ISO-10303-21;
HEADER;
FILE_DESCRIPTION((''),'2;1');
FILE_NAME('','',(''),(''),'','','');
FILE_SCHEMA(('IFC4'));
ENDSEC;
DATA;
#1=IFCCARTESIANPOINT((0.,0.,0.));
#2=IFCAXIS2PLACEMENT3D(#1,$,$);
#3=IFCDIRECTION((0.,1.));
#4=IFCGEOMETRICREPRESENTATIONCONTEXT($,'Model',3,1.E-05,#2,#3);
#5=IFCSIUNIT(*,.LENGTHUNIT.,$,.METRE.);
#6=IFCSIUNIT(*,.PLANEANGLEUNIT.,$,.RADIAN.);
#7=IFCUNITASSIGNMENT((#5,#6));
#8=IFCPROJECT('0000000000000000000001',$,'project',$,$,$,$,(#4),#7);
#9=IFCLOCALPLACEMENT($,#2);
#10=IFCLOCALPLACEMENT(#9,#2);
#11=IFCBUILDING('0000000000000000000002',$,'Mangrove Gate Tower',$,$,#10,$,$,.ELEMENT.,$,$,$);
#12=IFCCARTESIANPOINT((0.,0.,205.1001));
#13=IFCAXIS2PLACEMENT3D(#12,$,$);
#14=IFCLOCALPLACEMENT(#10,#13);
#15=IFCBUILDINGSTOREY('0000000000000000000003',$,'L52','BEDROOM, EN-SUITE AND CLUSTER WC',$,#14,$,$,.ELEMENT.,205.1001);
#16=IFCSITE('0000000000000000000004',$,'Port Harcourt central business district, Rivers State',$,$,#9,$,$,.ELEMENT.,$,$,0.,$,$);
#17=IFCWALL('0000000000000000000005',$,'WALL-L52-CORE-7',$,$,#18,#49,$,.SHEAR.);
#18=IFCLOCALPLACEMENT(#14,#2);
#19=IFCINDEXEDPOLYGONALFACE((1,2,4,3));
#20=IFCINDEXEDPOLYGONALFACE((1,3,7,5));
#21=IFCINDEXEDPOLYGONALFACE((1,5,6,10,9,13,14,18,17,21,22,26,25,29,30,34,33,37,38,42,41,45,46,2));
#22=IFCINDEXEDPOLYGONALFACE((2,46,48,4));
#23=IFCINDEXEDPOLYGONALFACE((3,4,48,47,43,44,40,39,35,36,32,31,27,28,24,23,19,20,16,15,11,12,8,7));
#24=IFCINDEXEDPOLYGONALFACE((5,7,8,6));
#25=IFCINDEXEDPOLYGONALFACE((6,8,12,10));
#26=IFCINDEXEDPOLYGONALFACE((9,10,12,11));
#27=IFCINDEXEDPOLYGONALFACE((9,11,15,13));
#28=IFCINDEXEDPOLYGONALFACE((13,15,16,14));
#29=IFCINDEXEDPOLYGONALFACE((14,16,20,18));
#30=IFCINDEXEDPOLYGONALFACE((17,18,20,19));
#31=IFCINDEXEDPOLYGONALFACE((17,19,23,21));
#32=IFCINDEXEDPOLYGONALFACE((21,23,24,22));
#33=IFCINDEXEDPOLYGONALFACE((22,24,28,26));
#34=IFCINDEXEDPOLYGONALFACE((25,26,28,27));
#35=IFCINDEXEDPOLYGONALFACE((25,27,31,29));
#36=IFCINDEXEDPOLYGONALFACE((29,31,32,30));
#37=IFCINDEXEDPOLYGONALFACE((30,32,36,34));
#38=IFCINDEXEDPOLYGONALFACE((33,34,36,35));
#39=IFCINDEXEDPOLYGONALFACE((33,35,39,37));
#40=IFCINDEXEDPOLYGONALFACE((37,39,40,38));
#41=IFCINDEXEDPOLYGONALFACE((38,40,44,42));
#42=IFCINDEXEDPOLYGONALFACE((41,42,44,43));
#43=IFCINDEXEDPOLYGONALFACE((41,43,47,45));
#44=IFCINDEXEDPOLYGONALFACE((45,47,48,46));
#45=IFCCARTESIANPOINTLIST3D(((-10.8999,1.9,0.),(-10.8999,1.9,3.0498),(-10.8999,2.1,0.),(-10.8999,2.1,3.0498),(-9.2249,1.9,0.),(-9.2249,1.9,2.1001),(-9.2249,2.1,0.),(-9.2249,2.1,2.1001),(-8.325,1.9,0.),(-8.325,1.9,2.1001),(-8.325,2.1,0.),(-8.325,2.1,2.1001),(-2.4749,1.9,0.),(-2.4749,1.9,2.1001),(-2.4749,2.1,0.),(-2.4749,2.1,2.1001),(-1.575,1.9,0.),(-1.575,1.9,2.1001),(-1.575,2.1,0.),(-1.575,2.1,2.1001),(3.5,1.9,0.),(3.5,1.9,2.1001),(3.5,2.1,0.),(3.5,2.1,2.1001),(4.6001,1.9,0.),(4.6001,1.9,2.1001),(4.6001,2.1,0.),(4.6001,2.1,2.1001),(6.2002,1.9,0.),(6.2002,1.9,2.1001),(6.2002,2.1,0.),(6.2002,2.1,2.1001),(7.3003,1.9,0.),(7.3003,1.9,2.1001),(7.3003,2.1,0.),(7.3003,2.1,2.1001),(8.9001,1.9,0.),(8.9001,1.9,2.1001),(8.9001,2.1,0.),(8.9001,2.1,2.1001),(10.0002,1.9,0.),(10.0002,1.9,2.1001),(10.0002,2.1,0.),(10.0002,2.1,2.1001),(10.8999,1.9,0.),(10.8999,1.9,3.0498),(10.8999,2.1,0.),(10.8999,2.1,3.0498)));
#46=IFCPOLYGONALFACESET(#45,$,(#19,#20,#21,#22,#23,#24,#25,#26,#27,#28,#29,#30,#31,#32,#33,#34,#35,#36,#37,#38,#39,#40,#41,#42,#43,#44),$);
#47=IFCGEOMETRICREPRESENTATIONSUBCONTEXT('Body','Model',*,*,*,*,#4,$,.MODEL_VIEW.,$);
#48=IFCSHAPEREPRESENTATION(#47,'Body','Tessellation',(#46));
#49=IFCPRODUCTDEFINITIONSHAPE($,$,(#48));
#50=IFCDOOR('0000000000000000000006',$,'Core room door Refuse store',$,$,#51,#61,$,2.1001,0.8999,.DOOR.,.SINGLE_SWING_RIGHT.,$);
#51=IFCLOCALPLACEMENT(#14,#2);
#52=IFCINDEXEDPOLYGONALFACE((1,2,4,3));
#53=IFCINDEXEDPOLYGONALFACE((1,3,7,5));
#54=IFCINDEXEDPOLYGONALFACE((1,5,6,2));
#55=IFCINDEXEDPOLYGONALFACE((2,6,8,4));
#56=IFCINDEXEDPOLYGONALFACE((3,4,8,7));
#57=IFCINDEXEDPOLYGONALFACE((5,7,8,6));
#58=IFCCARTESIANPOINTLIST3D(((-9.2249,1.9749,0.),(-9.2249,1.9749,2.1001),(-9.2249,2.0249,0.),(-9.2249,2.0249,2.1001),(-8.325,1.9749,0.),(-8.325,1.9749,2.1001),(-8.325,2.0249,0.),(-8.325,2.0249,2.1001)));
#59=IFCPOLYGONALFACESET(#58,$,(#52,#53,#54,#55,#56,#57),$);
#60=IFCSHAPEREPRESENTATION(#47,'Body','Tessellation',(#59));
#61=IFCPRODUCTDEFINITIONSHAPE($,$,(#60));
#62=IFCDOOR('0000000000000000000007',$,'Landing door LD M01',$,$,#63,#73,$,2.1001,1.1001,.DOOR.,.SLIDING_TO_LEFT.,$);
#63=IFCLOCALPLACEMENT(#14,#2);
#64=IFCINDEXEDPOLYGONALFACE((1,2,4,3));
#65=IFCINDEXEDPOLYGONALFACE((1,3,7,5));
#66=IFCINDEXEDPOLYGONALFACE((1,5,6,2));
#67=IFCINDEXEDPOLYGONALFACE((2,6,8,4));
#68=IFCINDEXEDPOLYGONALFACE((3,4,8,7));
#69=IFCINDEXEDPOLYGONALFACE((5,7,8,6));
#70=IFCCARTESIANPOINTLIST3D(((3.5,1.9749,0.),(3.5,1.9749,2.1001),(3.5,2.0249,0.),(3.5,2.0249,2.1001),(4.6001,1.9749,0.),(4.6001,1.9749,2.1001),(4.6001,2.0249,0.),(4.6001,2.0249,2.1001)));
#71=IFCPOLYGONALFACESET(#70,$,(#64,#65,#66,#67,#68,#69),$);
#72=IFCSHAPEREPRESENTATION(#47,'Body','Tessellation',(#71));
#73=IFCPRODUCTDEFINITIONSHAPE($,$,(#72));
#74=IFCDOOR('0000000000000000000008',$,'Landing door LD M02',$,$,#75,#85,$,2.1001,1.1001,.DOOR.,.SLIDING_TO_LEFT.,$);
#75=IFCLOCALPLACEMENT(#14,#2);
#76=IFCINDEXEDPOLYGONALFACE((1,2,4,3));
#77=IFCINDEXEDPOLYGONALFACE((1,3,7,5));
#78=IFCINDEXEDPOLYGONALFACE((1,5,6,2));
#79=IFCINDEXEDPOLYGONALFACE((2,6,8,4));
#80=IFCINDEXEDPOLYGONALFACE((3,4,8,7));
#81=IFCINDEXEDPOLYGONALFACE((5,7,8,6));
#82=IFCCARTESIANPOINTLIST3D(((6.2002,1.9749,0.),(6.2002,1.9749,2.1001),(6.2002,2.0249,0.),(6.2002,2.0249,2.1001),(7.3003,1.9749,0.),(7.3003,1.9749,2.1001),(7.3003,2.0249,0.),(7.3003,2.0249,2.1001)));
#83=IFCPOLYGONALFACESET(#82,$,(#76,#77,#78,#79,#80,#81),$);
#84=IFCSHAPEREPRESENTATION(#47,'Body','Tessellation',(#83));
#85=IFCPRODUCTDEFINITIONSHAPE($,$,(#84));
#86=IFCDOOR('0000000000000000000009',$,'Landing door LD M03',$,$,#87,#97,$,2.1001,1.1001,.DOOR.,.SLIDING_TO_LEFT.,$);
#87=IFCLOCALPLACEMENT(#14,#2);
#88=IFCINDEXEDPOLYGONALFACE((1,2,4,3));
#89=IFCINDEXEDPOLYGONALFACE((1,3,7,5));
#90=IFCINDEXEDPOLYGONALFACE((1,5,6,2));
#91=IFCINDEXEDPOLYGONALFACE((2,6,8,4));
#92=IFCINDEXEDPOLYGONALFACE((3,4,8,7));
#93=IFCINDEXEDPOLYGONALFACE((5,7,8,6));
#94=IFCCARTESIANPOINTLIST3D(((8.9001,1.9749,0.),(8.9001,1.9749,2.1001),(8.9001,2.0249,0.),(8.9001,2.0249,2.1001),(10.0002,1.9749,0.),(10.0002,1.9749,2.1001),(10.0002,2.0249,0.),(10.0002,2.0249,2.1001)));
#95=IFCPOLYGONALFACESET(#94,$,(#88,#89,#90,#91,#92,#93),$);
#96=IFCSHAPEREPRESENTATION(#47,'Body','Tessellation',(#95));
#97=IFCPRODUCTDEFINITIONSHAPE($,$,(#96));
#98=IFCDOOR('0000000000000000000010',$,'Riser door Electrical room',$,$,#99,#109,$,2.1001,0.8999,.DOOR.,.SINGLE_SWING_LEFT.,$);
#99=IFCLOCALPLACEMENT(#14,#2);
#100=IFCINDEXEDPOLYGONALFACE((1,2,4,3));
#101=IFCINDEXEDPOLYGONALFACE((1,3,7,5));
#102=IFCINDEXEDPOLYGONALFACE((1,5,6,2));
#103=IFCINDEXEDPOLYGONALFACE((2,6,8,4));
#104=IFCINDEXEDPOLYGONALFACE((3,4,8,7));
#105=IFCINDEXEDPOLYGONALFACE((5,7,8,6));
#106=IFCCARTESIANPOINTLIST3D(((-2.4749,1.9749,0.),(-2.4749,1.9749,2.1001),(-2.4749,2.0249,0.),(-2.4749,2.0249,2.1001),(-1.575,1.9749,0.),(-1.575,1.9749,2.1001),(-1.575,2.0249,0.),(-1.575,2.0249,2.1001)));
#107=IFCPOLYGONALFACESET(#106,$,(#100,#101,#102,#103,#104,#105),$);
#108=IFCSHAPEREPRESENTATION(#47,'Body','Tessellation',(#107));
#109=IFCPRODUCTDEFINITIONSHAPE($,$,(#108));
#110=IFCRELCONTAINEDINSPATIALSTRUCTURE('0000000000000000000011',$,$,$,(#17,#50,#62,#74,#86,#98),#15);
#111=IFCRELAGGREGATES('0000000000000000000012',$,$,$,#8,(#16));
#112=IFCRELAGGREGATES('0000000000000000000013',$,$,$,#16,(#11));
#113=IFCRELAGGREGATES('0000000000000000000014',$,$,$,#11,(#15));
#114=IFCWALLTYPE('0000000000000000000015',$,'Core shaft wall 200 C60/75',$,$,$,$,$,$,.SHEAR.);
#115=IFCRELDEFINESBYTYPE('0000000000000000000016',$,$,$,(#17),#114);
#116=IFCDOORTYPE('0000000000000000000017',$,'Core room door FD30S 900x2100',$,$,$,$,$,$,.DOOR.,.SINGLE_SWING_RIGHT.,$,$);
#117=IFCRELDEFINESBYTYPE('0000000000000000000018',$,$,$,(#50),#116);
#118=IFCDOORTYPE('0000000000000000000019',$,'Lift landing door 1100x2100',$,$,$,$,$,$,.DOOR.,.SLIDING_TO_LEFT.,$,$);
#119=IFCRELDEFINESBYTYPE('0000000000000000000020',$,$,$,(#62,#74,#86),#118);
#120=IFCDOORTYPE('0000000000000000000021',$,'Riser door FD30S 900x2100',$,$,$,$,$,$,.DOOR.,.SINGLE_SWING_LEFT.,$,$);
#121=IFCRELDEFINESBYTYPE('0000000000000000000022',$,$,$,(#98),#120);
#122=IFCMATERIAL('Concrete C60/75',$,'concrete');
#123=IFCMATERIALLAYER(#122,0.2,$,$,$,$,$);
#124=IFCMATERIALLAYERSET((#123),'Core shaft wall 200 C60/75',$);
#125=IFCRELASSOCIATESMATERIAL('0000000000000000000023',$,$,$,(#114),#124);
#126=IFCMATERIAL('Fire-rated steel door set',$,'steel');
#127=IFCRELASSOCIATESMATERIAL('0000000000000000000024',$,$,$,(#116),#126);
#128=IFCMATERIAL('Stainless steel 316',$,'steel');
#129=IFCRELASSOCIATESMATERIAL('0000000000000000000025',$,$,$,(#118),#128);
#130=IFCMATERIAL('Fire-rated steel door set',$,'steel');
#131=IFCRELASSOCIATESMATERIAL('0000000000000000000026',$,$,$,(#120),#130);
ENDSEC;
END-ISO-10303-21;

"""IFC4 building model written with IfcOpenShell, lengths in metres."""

from ifc_helpers import new_model, si_unit, direction, frame, frame_2d, origin, place, context, subcontext, project, spatial, rectangle, extrude, material, layer, layer_set, type_object, element, fill, save


model = new_model("IFC4")

# Units and contexts
model_context = context("Model", 3, precision=1e-05, world=origin(), true_north=direction((0.0, 1.0)))
body_context = subcontext(model_context, "Body", "Model", "MODEL_VIEW")
ifc_project = project(units=[si_unit("LENGTHUNIT", "METRE"), si_unit("PLANEANGLEUNIT", "RADIAN")], contexts=[model_context])

# Site, building, storey
site_placement = place(None, origin())
site = spatial("IfcSite", under=ifc_project, at=site_placement, Name="Port Harcourt central business district, Rivers State", CompositionType="ELEMENT", RefElevation=0.0)
building_placement = place(site_placement, origin())
building = spatial("IfcBuilding", under=site, at=building_placement, Name="Mangrove Gate Tower", CompositionType="ELEMENT")
storey_placement = place(building_placement, frame((0.0, 0.0, 205.1001)))
storey = spatial("IfcBuildingStorey", under=building, at=storey_placement, Name="L52", Description="BEDROOM, EN-SUITE AND CLUSTER WC", CompositionType="ELEMENT", Elevation=205.1001)

# Shared definitions
ifc_material_1 = material(Name="Concrete C60/75", Category="concrete")
ifc_layer_1 = layer(ifc_material_1, 0.2)
ifc_layer_set_1 = layer_set([ifc_layer_1], Name="Core shaft wall 200 C60/75")
wall_type_1 = type_object("IfcWallType", Name="Core shaft wall 200 C60/75", PredefinedType="SHEAR", material=ifc_layer_set_1)

# Wall, openings, doors
wall_1_placement = place(storey_placement, frame((-10.8999, 2.0, 0.0), z_axis=(0.0, 0.0, 1.0), x_axis=(1.0, 0.0, 0.0)))
wall_1 = element("IfcWall", 1, at=wall_1_placement, inside=storey, type_object=wall_type_1, Name="WALL-L52-CORE-7", PredefinedType="SHEAR", context=body_context, shape_type="SweptSolid", body=[
    extrude(rectangle(XDim=21.7998, YDim=0.2, at=frame_2d((10.8999, 0.0))), origin(), (0.0, 0.0, 1.0), 3.0498),
])
opening_1_placement = place(wall_1_placement, frame((14.3999, 0.0, 0.0)))
opening_1 = element("IfcOpeningElement", 2, at=opening_1_placement, cuts=wall_1, PredefinedType="OPENING", context=body_context, shape_type="SweptSolid", body=[
    extrude(rectangle(XDim=1.1001, YDim=2.1001, at=frame_2d((0.55, 1.05))), frame((0.0, 0.1099, 0.0), z_axis=(0.0, -1.0, 0.0), x_axis=(1.0, 0.0, 0.0)), (0.0, 0.0, 1.0), 0.22),
])
opening_2_placement = place(wall_1_placement, frame((17.1001, 0.0, 0.0)))
opening_2 = element("IfcOpeningElement", 3, at=opening_2_placement, cuts=wall_1, PredefinedType="OPENING", context=body_context, shape_type="SweptSolid", body=[
    extrude(rectangle(XDim=1.1001, YDim=2.1001, at=frame_2d((0.55, 1.05))), frame((0.0, 0.1099, 0.0), z_axis=(0.0, -1.0, 0.0), x_axis=(1.0, 0.0, 0.0)), (0.0, 0.0, 1.0), 0.22),
])
opening_3_placement = place(wall_1_placement, frame((19.8, 0.0, 0.0)))
opening_3 = element("IfcOpeningElement", 4, at=opening_3_placement, cuts=wall_1, PredefinedType="OPENING", context=body_context, shape_type="SweptSolid", body=[
    extrude(rectangle(XDim=1.1001, YDim=2.1001, at=frame_2d((0.55, 1.05))), frame((0.0, 0.1099, 0.0), z_axis=(0.0, -1.0, 0.0), x_axis=(1.0, 0.0, 0.0)), (0.0, 0.0, 1.0), 0.22),
])
opening_4_placement = place(wall_1_placement, frame((1.675, 0.0, 0.0)))
opening_4 = element("IfcOpeningElement", 5, at=opening_4_placement, cuts=wall_1, PredefinedType="OPENING", context=body_context, shape_type="SweptSolid", body=[
    extrude(rectangle(XDim=0.8999, YDim=2.1001, at=frame_2d((0.45, 1.05))), frame((0.0, 0.1099, 0.0), z_axis=(0.0, -1.0, 0.0), x_axis=(1.0, 0.0, 0.0)), (0.0, 0.0, 1.0), 0.22),
])
opening_5_placement = place(wall_1_placement, frame((8.425, 0.0, 0.0)))
opening_5 = element("IfcOpeningElement", 6, at=opening_5_placement, cuts=wall_1, PredefinedType="OPENING", context=body_context, shape_type="SweptSolid", body=[
    extrude(rectangle(XDim=0.8999, YDim=2.1001, at=frame_2d((0.45, 1.05))), frame((0.0, 0.1099, 0.0), z_axis=(0.0, -1.0, 0.0), x_axis=(1.0, 0.0, 0.0)), (0.0, 0.0, 1.0), 0.22),
])
ifc_material_2 = material(Name="Fire-rated steel door set", Category="steel")
door_type_1 = type_object("IfcDoorType", Name="Core room door FD30S 900x2100", OperationType="SINGLE_SWING_RIGHT", PredefinedType="DOOR", material=ifc_material_2)
door_1_placement = place(opening_4_placement, origin())
door_1 = element("IfcDoor", 7, at=door_1_placement, inside=storey, type_object=door_type_1, Name="Core room door Refuse store", OperationType="SINGLE_SWING_RIGHT", OverallHeight=2.1001, OverallWidth=0.8999, PredefinedType="DOOR", context=body_context, shape_type="SweptSolid", body=[
    extrude(rectangle(XDim=0.8999, YDim=2.1001, at=frame_2d((0.45, 1.05))), frame((0.0, 0.0249, 0.0), z_axis=(0.0, -1.0, 0.0), x_axis=(1.0, 0.0, 0.0)), (0.0, 0.0, 1.0), 0.05),
])
fill(opening_4, door_1)
ifc_material_3 = material(Name="Stainless steel 316", Category="steel")
door_type_2 = type_object("IfcDoorType", Name="Lift landing door 1100x2100", OperationType="SLIDING_TO_LEFT", PredefinedType="DOOR", material=ifc_material_3)
door_2_placement = place(opening_1_placement, origin())
door_2 = element("IfcDoor", 8, at=door_2_placement, inside=storey, type_object=door_type_2, Name="Landing door LD M01", OperationType="SLIDING_TO_LEFT", OverallHeight=2.1001, OverallWidth=1.1001, PredefinedType="DOOR", context=body_context, shape_type="SweptSolid", body=[
    extrude(rectangle(XDim=1.1001, YDim=2.1001, at=frame_2d((0.55, 1.05))), frame((0.0, 0.0249, 0.0), z_axis=(0.0, -1.0, 0.0), x_axis=(1.0, 0.0, 0.0)), (0.0, 0.0, 1.0), 0.05),
])
fill(opening_1, door_2)
door_3_placement = place(opening_2_placement, origin())
door_3 = element("IfcDoor", 9, at=door_3_placement, inside=storey, type_object=door_type_2, Name="Landing door LD M02", OperationType="SLIDING_TO_LEFT", OverallHeight=2.1001, OverallWidth=1.1001, PredefinedType="DOOR", context=body_context, shape_type="SweptSolid", body=[
    extrude(rectangle(XDim=1.1001, YDim=2.1001, at=frame_2d((0.55, 1.05))), frame((0.0, 0.0249, 0.0), z_axis=(0.0, -1.0, 0.0), x_axis=(1.0, 0.0, 0.0)), (0.0, 0.0, 1.0), 0.05),
])
fill(opening_2, door_3)
door_4_placement = place(opening_3_placement, origin())
door_4 = element("IfcDoor", 10, at=door_4_placement, inside=storey, type_object=door_type_2, Name="Landing door LD M03", OperationType="SLIDING_TO_LEFT", OverallHeight=2.1001, OverallWidth=1.1001, PredefinedType="DOOR", context=body_context, shape_type="SweptSolid", body=[
    extrude(rectangle(XDim=1.1001, YDim=2.1001, at=frame_2d((0.55, 1.05))), frame((0.0, 0.0249, 0.0), z_axis=(0.0, -1.0, 0.0), x_axis=(1.0, 0.0, 0.0)), (0.0, 0.0, 1.0), 0.05),
])
fill(opening_3, door_4)
ifc_material_4 = material(Name="Fire-rated steel door set", Category="steel")
door_type_3 = type_object("IfcDoorType", Name="Riser door FD30S 900x2100", OperationType="SINGLE_SWING_LEFT", PredefinedType="DOOR", material=ifc_material_4)
door_5_placement = place(opening_5_placement, origin())
door_5 = element("IfcDoor", 11, at=door_5_placement, inside=storey, type_object=door_type_3, Name="Riser door Electrical room", OperationType="SINGLE_SWING_LEFT", OverallHeight=2.1001, OverallWidth=0.8999, PredefinedType="DOOR", context=body_context, shape_type="SweptSolid", body=[
    extrude(rectangle(XDim=0.8999, YDim=2.1001, at=frame_2d((0.45, 1.05))), frame((0.0, 0.0249, 0.0), z_axis=(0.0, -1.0, 0.0), x_axis=(1.0, 0.0, 0.0)), (0.0, 0.0, 1.0), 0.05),
])
fill(opening_5, door_5)

save(model, "model.ifc")
